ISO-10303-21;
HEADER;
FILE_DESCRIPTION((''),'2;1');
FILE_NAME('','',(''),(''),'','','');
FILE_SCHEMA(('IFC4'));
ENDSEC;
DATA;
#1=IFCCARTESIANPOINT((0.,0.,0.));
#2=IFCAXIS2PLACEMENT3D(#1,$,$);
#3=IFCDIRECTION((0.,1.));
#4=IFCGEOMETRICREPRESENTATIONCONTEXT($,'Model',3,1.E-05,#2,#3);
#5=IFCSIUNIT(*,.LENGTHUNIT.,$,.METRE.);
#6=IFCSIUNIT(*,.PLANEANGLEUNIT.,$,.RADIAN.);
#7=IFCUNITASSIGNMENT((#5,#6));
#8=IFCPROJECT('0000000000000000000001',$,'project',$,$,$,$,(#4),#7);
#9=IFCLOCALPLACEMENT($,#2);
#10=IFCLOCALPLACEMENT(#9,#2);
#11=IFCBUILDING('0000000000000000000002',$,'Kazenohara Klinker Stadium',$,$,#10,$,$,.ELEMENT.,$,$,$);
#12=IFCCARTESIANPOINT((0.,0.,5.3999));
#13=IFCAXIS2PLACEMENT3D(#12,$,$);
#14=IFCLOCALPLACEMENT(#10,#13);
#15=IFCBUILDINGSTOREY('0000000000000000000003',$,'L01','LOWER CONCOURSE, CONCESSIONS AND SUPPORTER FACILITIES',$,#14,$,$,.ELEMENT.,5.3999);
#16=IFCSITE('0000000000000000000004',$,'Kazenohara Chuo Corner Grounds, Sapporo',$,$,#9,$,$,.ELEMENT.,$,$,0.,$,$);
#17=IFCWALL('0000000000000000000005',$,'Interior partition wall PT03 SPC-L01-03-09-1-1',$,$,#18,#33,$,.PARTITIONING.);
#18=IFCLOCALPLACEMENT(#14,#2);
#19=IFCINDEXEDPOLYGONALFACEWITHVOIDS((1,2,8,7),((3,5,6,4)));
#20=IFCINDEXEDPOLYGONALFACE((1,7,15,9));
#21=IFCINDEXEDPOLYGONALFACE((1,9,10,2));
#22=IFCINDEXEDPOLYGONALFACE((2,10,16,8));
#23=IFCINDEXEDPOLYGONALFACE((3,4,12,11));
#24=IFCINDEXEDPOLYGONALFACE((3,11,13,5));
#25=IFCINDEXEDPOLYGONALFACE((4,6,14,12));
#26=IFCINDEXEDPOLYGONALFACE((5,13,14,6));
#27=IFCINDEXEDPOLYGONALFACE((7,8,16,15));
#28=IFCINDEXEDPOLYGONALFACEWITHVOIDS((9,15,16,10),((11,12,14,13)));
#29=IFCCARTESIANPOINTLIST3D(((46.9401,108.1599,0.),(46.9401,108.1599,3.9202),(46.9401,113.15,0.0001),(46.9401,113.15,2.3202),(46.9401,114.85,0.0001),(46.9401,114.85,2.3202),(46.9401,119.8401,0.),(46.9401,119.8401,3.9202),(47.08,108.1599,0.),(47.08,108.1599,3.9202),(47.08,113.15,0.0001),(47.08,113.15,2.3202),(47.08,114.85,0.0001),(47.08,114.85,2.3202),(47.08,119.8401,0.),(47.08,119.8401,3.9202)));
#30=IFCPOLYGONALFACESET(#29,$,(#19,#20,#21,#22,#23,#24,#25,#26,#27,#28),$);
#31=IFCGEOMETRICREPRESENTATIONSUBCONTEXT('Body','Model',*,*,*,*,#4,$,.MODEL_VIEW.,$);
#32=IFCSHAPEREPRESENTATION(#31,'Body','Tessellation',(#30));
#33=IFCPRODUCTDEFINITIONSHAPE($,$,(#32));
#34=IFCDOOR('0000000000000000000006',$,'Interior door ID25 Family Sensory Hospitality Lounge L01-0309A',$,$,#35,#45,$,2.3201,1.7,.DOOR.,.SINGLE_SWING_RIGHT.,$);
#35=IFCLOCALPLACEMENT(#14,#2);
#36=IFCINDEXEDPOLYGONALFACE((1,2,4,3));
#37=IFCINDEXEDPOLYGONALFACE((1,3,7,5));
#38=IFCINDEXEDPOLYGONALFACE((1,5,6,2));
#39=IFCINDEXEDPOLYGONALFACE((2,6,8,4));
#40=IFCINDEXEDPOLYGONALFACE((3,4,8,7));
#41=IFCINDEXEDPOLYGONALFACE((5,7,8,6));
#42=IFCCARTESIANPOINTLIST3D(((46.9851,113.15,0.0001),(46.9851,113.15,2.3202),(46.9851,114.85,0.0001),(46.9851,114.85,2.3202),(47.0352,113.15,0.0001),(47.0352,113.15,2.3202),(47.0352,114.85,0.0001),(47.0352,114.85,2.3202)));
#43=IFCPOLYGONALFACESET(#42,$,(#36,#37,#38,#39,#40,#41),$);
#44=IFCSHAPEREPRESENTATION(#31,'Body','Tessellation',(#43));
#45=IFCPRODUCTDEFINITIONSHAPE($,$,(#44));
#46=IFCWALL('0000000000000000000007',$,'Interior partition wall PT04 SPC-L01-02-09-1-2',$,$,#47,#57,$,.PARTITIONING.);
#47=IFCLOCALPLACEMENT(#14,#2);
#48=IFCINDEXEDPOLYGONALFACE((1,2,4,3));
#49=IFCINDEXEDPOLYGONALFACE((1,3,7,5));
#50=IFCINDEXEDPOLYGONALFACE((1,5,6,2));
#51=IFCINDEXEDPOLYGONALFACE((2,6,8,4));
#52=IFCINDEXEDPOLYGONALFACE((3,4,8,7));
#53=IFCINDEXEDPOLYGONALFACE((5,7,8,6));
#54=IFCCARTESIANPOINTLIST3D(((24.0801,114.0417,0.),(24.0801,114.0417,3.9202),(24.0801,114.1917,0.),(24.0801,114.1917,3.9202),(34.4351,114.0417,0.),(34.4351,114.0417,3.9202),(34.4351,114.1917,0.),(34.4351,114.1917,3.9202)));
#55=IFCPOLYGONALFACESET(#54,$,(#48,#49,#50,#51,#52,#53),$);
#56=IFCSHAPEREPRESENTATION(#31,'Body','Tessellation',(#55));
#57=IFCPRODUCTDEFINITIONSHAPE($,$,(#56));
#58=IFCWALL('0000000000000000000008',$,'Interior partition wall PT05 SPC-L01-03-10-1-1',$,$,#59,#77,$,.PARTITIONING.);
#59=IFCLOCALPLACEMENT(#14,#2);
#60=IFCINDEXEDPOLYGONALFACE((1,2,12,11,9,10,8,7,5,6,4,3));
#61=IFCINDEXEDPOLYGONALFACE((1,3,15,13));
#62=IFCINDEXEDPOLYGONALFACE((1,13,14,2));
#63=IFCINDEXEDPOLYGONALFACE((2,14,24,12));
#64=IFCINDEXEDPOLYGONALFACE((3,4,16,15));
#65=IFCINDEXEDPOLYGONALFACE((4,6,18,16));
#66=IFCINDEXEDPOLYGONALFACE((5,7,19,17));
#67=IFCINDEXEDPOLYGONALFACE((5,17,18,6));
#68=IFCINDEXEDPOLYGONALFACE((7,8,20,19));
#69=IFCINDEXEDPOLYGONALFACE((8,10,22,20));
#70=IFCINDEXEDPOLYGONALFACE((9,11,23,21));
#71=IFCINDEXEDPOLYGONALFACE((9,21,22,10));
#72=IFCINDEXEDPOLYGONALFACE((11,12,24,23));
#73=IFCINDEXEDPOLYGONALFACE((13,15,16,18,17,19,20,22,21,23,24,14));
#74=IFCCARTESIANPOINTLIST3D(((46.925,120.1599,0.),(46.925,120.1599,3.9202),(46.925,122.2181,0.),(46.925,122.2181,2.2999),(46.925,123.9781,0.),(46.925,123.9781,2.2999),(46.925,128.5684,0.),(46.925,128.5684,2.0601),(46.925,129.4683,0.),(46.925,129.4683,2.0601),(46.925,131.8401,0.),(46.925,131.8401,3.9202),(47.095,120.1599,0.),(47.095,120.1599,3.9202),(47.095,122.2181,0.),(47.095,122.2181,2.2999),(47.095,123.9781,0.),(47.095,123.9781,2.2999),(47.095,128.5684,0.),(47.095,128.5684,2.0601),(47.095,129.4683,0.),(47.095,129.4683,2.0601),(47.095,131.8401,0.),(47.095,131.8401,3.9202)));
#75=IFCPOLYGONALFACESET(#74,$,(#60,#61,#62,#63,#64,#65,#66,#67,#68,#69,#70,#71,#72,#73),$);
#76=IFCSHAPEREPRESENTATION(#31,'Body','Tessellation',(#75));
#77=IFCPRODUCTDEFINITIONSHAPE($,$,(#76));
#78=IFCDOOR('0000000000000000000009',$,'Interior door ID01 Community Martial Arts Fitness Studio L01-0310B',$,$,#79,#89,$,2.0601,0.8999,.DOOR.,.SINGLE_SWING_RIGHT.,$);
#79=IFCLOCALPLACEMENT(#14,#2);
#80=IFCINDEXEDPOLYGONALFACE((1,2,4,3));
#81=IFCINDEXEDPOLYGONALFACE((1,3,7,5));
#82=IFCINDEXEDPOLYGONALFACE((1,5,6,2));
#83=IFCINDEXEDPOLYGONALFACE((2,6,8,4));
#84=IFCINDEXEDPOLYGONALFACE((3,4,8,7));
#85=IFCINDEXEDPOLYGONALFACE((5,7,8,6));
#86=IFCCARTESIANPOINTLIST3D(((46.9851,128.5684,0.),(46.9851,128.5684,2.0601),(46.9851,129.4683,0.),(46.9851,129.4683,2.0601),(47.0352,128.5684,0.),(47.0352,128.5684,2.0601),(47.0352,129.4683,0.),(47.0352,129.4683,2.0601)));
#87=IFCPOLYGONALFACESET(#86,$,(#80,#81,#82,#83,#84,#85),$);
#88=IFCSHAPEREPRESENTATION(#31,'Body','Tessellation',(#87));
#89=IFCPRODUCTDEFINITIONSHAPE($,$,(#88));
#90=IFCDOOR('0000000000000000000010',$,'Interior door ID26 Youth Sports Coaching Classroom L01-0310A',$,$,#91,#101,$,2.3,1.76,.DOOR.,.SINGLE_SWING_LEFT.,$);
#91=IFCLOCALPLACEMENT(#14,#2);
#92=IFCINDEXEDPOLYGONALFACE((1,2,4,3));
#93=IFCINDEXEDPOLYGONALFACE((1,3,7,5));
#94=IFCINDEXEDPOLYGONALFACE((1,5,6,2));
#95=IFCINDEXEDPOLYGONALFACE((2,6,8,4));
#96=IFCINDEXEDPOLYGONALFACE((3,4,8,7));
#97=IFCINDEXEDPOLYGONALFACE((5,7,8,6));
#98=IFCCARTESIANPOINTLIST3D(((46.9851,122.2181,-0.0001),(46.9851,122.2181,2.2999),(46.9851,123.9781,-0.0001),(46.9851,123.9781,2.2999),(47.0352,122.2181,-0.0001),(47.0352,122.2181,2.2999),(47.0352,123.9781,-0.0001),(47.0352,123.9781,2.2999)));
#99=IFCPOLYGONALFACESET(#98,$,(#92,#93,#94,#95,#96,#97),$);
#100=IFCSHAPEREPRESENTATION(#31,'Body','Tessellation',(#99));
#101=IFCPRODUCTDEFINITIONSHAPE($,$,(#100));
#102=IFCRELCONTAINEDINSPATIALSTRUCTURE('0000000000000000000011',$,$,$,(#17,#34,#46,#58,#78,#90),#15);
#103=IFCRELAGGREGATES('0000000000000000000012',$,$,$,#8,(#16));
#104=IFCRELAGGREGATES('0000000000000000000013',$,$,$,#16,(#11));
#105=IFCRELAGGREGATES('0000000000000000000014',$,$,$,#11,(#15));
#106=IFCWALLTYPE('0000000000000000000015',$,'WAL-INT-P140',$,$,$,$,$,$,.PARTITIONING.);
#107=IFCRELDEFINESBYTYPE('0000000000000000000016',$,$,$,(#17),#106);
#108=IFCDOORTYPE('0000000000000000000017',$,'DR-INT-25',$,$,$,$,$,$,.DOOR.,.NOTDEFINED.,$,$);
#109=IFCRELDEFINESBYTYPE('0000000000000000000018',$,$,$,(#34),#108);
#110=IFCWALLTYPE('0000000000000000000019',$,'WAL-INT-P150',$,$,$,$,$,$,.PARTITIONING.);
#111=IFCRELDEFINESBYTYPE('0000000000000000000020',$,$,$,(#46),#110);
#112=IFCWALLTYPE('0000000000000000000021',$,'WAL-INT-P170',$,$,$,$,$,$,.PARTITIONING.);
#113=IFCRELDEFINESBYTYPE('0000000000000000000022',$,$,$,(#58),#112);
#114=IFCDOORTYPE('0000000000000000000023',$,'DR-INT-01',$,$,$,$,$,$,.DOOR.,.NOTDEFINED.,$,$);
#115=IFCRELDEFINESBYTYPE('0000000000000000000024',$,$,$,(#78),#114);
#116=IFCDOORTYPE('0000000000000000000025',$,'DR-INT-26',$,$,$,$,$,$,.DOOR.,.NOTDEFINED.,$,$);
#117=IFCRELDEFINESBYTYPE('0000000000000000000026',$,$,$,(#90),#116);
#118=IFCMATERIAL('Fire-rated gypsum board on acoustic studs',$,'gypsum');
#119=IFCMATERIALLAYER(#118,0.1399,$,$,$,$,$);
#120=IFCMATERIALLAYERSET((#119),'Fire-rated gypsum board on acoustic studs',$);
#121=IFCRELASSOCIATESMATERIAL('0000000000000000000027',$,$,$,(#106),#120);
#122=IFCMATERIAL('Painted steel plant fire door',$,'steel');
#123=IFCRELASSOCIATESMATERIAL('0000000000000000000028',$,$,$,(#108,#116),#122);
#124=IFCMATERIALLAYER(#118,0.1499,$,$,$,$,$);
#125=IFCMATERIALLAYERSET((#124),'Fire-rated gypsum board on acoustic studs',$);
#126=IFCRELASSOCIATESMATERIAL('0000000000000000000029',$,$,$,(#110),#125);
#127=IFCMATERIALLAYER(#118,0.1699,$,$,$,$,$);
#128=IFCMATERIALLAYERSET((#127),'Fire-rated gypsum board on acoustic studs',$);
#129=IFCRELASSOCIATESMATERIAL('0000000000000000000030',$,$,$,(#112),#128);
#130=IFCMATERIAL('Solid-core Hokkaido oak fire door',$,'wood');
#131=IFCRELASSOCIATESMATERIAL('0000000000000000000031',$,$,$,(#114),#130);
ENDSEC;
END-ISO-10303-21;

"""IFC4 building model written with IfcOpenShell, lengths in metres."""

from ifc_helpers import new_model, si_unit, direction, frame, frame_2d, origin, place, context, subcontext, project, spatial, rectangle, extrude, material, layer, layer_set, type_object, element, fill, save


model = new_model("IFC4")

# Units and contexts
model_context = context("Model", 3, precision=1e-05, world=origin(), true_north=direction((0.0, 1.0)))
body_context = subcontext(model_context, "Body", "Model", "MODEL_VIEW")
ifc_project = project(units=[si_unit("LENGTHUNIT", "METRE"), si_unit("PLANEANGLEUNIT", "RADIAN")], contexts=[model_context])

# Site, building, storey
site_placement = place(None, origin())
site = spatial("IfcSite", under=ifc_project, at=site_placement, Name="Kazenohara Chuo Corner Grounds, Sapporo", CompositionType="ELEMENT", RefElevation=0.0)
building_placement = place(site_placement, origin())
building = spatial("IfcBuilding", under=site, at=building_placement, Name="Kazenohara Klinker Stadium", CompositionType="ELEMENT")
storey_placement = place(building_placement, frame((0.0, 0.0, 5.3999)))
storey = spatial("IfcBuildingStorey", under=building, at=storey_placement, Name="L01", Description="LOWER CONCOURSE, CONCESSIONS AND SUPPORTER FACILITIES", CompositionType="ELEMENT", Elevation=5.3999)

# Shared definitions
ifc_material_1 = material(Name="Fire-rated gypsum board on acoustic studs", Category="gypsum")
ifc_layer_1 = layer(ifc_material_1, 0.1399)
ifc_layer_set_1 = layer_set([ifc_layer_1], Name="Fire-rated gypsum board on acoustic studs")
wall_type_1 = type_object("IfcWallType", Name="WAL-INT-P140", PredefinedType="PARTITIONING", material=ifc_layer_set_1)
ifc_material_2 = material(Name="Solid-core Hokkaido oak fire door", Category="wood")

# Wall, opening, door
wall_1_placement = place(storey_placement, frame((47.01, 108.1599, 0.0), z_axis=(0.0, 0.0, 1.0), x_axis=(0.0, 1.0, 0.0)))
wall_1 = element("IfcWall", 1, at=wall_1_placement, inside=storey, type_object=wall_type_1, Name="Interior partition wall PT03 SPC-L01-03-09-1-1", PredefinedType="PARTITIONING", context=body_context, shape_type="SweptSolid", body=[
    extrude(rectangle(XDim=11.6802, YDim=0.1399, at=frame_2d((5.8401, 0.0))), origin(), (0.0, 0.0, 1.0), 3.9202),
])
opening_1_placement = place(wall_1_placement, frame((4.99, 0.0, 0.0)))
opening_1 = element("IfcOpeningElement", 2, at=opening_1_placement, cuts=wall_1, PredefinedType="OPENING", context=body_context, shape_type="SweptSolid", body=[
    extrude(rectangle(XDim=1.7, YDim=2.3201, at=frame_2d((0.8501, 1.1602))), frame((0.0, 0.0801, 0.0), z_axis=(0.0, -1.0, 0.0), x_axis=(1.0, 0.0, 0.0)), (0.0, 0.0, 1.0), 0.1599),
])
ifc_material_3 = material(Name="Painted steel plant fire door", Category="steel")
door_type_1 = type_object("IfcDoorType", Name="DR-INT-25", OperationType="NOTDEFINED", PredefinedType="DOOR", material=ifc_material_3)
door_1_placement = place(opening_1_placement, origin())
door_1 = element("IfcDoor", 3, at=door_1_placement, inside=storey, type_object=door_type_1, Name="Interior door ID25 Family Sensory Hospitality Lounge L01-0309A", OperationType="SINGLE_SWING_RIGHT", OverallHeight=2.3201, OverallWidth=1.7, PredefinedType="DOOR", context=body_context, shape_type="SweptSolid", body=[
    extrude(rectangle(XDim=1.7, YDim=2.3201, at=frame_2d((0.8501, 1.1602))), frame((0.0, 0.0249, 0.0), z_axis=(0.0, -1.0, 0.0), x_axis=(1.0, 0.0, 0.0)), (0.0, 0.0, 1.0), 0.05),
])
fill(opening_1, door_1)

# Wall
ifc_layer_2 = layer(ifc_material_1, 0.1499)
ifc_layer_set_2 = layer_set([ifc_layer_2], Name="Fire-rated gypsum board on acoustic studs")
wall_type_2 = type_object("IfcWallType", Name="WAL-INT-P150", PredefinedType="PARTITIONING", material=ifc_layer_set_2)
wall_2_placement = place(storey_placement, frame((24.0801, 114.1167, 0.0), z_axis=(0.0, 0.0, 1.0), x_axis=(1.0, 0.0, 0.0)))
element("IfcWall", 4, at=wall_2_placement, inside=storey, type_object=wall_type_2, Name="Interior partition wall PT04 SPC-L01-02-09-1-2", PredefinedType="PARTITIONING", context=body_context, shape_type="SweptSolid", body=[
    extrude(rectangle(XDim=10.355, YDim=0.1499, at=frame_2d((5.1775, 0.0))), origin(), (0.0, 0.0, 1.0), 3.9202),
])

# Wall, openings, doors
ifc_layer_3 = layer(ifc_material_1, 0.1699)
ifc_layer_set_3 = layer_set([ifc_layer_3], Name="Fire-rated gypsum board on acoustic studs")
wall_type_3 = type_object("IfcWallType", Name="WAL-INT-P170", PredefinedType="PARTITIONING", material=ifc_layer_set_3)
wall_3_placement = place(storey_placement, frame((47.01, 120.1599, 0.0), z_axis=(0.0, 0.0, 1.0), x_axis=(0.0, 1.0, 0.0)))
wall_3 = element("IfcWall", 5, at=wall_3_placement, inside=storey, type_object=wall_type_3, Name="Interior partition wall PT05 SPC-L01-03-10-1-1", PredefinedType="PARTITIONING", context=body_context, shape_type="SweptSolid", body=[
    extrude(rectangle(XDim=11.6802, YDim=0.1699, at=frame_2d((5.8401, 0.0))), origin(), (0.0, 0.0, 1.0), 3.9202),
])
opening_2_placement = place(wall_3_placement, frame((2.0583, 0.0, 0.0)))
opening_2 = element("IfcOpeningElement", 6, at=opening_2_placement, cuts=wall_3, PredefinedType="OPENING", context=body_context, shape_type="SweptSolid", body=[
    extrude(rectangle(XDim=1.76, YDim=2.3, at=frame_2d((0.8799, 1.1499))), frame((0.0, 0.095, 0.0), z_axis=(0.0, -1.0, 0.0), x_axis=(1.0, 0.0, 0.0)), (0.0, 0.0, 1.0), 0.1899),
])
opening_3_placement = place(wall_3_placement, frame((8.4084, 0.0, 0.0)))
opening_3 = element("IfcOpeningElement", 7, at=opening_3_placement, cuts=wall_3, PredefinedType="OPENING", context=body_context, shape_type="SweptSolid", body=[
    extrude(rectangle(XDim=0.8999, YDim=2.0601, at=frame_2d((0.45, 1.03))), frame((0.0, 0.095, 0.0), z_axis=(0.0, -1.0, 0.0), x_axis=(1.0, 0.0, 0.0)), (0.0, 0.0, 1.0), 0.1899),
])
door_type_2 = type_object("IfcDoorType", Name="DR-INT-01", OperationType="NOTDEFINED", PredefinedType="DOOR", material=ifc_material_2)
door_2_placement = place(opening_3_placement, origin())
door_2 = element("IfcDoor", 8, at=door_2_placement, inside=storey, type_object=door_type_2, Name="Interior door ID01 Community Martial Arts Fitness Studio L01-0310B", OperationType="SINGLE_SWING_RIGHT", OverallHeight=2.0601, OverallWidth=0.8999, PredefinedType="DOOR", context=body_context, shape_type="SweptSolid", body=[
    extrude(rectangle(XDim=0.8999, YDim=2.0601, at=frame_2d((0.45, 1.03))), frame((0.0, 0.0249, 0.0), z_axis=(0.0, -1.0, 0.0), x_axis=(1.0, 0.0, 0.0)), (0.0, 0.0, 1.0), 0.05),
])
fill(opening_3, door_2)
door_type_3 = type_object("IfcDoorType", Name="DR-INT-26", OperationType="NOTDEFINED", PredefinedType="DOOR", material=ifc_material_3)
door_3_placement = place(opening_2_placement, origin())
door_3 = element("IfcDoor", 9, at=door_3_placement, inside=storey, type_object=door_type_3, Name="Interior door ID26 Youth Sports Coaching Classroom L01-0310A", OperationType="SINGLE_SWING_LEFT", OverallHeight=2.3, OverallWidth=1.76, PredefinedType="DOOR", context=body_context, shape_type="SweptSolid", body=[
    extrude(rectangle(XDim=1.76, YDim=2.3, at=frame_2d((0.8799, 1.1499))), frame((0.0, 0.0249, 0.0), z_axis=(0.0, -1.0, 0.0), x_axis=(1.0, 0.0, 0.0)), (0.0, 0.0, 1.0), 0.05),
])
fill(opening_2, door_3)

save(model, "model.ifc")
